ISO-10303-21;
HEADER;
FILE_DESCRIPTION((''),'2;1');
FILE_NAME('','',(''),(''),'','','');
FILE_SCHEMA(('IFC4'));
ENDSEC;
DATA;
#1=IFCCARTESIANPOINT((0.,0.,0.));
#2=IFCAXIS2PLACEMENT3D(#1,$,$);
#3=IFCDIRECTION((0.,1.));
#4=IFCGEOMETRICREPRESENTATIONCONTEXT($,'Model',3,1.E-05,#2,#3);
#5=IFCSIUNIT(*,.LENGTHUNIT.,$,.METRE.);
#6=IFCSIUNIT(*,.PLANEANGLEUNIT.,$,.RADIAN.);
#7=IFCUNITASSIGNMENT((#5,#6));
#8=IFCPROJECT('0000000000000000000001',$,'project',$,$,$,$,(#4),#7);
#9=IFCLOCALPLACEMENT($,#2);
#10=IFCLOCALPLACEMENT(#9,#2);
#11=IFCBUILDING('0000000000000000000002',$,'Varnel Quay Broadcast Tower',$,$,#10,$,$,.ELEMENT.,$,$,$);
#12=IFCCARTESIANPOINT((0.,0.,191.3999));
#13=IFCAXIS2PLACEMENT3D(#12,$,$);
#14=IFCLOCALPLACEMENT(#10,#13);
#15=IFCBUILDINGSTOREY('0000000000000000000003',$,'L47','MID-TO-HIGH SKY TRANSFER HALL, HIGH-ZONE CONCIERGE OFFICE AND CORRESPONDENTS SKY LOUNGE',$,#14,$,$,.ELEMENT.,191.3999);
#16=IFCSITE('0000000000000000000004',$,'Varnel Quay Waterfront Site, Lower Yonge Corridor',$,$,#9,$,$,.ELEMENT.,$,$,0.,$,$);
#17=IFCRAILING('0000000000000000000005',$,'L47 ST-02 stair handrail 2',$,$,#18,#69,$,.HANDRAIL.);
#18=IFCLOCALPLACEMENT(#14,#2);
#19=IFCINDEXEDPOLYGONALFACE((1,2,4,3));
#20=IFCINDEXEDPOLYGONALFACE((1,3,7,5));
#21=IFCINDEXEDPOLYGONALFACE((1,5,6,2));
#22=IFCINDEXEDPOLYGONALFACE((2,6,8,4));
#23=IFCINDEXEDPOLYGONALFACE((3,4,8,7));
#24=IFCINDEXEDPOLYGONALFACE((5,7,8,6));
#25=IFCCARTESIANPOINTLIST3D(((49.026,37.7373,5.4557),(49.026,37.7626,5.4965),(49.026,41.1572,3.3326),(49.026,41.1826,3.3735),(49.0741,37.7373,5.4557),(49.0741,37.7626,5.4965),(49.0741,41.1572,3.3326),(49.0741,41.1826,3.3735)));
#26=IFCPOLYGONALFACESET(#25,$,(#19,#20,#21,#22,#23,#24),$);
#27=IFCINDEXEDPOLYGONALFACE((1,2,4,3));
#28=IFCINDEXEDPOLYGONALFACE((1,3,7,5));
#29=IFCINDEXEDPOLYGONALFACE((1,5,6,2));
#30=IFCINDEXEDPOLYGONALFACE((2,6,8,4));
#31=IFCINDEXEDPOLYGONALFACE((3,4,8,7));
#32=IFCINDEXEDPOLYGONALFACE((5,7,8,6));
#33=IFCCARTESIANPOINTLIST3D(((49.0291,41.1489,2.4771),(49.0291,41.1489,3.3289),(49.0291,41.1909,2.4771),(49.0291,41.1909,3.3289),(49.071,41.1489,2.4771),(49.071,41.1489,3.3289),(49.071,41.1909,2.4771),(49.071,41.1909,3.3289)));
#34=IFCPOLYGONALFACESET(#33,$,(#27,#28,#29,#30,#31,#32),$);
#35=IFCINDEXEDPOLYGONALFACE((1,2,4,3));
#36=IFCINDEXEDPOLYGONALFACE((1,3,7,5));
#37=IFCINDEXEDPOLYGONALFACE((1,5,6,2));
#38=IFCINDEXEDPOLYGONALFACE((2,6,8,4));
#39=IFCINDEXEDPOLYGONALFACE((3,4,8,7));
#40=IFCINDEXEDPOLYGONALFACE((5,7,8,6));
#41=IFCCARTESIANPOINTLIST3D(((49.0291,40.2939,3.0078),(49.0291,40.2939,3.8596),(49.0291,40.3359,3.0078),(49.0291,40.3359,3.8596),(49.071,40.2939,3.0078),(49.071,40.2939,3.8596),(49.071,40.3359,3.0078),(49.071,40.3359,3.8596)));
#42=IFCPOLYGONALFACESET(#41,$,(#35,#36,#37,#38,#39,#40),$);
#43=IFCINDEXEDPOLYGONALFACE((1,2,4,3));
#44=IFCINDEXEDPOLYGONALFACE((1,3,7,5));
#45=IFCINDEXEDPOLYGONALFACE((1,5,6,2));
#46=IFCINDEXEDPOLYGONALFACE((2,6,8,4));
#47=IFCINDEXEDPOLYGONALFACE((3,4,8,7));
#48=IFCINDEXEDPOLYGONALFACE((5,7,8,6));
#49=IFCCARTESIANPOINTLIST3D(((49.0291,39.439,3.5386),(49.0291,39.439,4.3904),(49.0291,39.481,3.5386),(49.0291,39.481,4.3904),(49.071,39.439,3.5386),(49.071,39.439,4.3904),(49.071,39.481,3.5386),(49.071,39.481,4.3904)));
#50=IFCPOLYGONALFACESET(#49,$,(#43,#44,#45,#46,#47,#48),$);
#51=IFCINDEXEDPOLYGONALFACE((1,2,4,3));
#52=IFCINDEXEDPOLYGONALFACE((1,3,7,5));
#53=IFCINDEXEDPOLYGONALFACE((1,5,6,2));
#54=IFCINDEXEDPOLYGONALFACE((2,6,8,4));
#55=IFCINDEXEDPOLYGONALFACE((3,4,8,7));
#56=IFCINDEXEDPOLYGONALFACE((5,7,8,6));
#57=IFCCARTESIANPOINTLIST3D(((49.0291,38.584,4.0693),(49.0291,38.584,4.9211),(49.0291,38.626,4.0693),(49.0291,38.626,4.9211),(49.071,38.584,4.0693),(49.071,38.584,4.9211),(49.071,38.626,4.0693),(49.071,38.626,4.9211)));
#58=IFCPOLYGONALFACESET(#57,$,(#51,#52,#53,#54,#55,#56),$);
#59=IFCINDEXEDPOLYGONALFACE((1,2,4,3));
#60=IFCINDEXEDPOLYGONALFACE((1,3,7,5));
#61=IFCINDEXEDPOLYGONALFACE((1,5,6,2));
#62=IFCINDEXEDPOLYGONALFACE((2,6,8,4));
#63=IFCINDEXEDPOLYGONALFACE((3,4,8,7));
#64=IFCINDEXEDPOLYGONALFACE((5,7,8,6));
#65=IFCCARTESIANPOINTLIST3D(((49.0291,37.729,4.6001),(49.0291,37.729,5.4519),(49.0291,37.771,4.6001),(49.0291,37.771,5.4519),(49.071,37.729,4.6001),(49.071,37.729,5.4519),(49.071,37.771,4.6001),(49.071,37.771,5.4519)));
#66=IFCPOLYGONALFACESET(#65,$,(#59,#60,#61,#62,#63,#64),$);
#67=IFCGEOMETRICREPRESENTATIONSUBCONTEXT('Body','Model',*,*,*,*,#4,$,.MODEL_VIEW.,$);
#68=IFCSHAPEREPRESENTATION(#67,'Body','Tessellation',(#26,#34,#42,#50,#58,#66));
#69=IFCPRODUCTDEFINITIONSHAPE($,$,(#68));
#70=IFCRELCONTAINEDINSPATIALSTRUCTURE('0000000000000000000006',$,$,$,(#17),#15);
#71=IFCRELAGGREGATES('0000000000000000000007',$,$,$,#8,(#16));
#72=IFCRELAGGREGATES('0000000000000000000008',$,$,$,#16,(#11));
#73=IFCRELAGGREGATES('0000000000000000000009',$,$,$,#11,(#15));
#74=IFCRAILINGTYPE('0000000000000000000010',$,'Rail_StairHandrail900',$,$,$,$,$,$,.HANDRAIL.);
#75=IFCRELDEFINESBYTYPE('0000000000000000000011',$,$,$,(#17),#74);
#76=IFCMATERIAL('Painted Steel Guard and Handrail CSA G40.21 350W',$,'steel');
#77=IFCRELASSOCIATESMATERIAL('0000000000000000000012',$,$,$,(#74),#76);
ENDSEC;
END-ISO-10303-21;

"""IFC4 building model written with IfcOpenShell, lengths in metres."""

from ifc_helpers import new_model, si_unit, direction, frame, origin, origin_2d, place, context, subcontext, project, spatial, rectangle, extrude, material, type_object, element, save


model = new_model("IFC4")

# Units and contexts
model_context = context("Model", 3, precision=1e-05, world=origin(), true_north=direction((0.0, 1.0)))
body_context = subcontext(model_context, "Body", "Model", "MODEL_VIEW")
ifc_project = project(units=[si_unit("LENGTHUNIT", "METRE"), si_unit("PLANEANGLEUNIT", "RADIAN")], contexts=[model_context])

# Site, building, storey
site_placement = place(None, origin())
site = spatial("IfcSite", under=ifc_project, at=site_placement, Name="Varnel Quay Waterfront Site, Lower Yonge Corridor", CompositionType="ELEMENT", RefElevation=0.0)
building_placement = place(site_placement, origin())
building = spatial("IfcBuilding", under=site, at=building_placement, Name="Varnel Quay Broadcast Tower", CompositionType="ELEMENT")
storey_placement = place(building_placement, frame((0.0, 0.0, 191.3999)))
storey = spatial("IfcBuildingStorey", under=building, at=storey_placement, Name="L47", Description="MID-TO-HIGH SKY TRANSFER HALL, HIGH-ZONE CONCIERGE OFFICE AND CORRESPONDENTS SKY LOUNGE", CompositionType="ELEMENT", Elevation=191.3999)

# Railing
ifc_material_1 = material(Name="Painted Steel Guard and Handrail CSA G40.21 350W", Category="steel")
railing_type = type_object("IfcRailingType", Name="Rail_StairHandrail900", PredefinedType="HANDRAIL", material=ifc_material_1)
railing_placement = place(storey_placement, frame((49.05, 41.1699, 2.4771)))
element("IfcRailing", 1, at=railing_placement, inside=storey, type_object=railing_type, Name="L47 ST-02 stair handrail 2", PredefinedType="HANDRAIL", context=body_context, shape_type="SweptSolid", body=[
    extrude(rectangle(XDim=0.0481, YDim=0.0481, at=origin_2d()), frame((0.0, 0.0, 0.876), z_axis=(0.0, -0.849603, 0.527423), x_axis=(1.0, 0.0, 0.0)), (0.0, 0.0, 1.0), 4.0254),
    extrude(rectangle(XDim=0.042, YDim=0.042, at=origin_2d()), origin(), (0.0, 0.0, 1.0), 0.8518),
    extrude(rectangle(XDim=0.042, YDim=0.042, at=origin_2d()), frame((0.0, -0.855, 0.5308)), (0.0, 0.0, 1.0), 0.8518),
    extrude(rectangle(XDim=0.042, YDim=0.042, at=origin_2d()), frame((0.0, -1.71, 1.0615)), (0.0, 0.0, 1.0), 0.8518),
    extrude(rectangle(XDim=0.042, YDim=0.042, at=origin_2d()), frame((0.0, -2.5649, 1.5923)), (0.0, 0.0, 1.0), 0.8518),
    extrude(rectangle(XDim=0.042, YDim=0.042, at=origin_2d()), frame((0.0, -3.4199, 2.123)), (0.0, 0.0, 1.0), 0.8518),
])

save(model, "model.ifc")
